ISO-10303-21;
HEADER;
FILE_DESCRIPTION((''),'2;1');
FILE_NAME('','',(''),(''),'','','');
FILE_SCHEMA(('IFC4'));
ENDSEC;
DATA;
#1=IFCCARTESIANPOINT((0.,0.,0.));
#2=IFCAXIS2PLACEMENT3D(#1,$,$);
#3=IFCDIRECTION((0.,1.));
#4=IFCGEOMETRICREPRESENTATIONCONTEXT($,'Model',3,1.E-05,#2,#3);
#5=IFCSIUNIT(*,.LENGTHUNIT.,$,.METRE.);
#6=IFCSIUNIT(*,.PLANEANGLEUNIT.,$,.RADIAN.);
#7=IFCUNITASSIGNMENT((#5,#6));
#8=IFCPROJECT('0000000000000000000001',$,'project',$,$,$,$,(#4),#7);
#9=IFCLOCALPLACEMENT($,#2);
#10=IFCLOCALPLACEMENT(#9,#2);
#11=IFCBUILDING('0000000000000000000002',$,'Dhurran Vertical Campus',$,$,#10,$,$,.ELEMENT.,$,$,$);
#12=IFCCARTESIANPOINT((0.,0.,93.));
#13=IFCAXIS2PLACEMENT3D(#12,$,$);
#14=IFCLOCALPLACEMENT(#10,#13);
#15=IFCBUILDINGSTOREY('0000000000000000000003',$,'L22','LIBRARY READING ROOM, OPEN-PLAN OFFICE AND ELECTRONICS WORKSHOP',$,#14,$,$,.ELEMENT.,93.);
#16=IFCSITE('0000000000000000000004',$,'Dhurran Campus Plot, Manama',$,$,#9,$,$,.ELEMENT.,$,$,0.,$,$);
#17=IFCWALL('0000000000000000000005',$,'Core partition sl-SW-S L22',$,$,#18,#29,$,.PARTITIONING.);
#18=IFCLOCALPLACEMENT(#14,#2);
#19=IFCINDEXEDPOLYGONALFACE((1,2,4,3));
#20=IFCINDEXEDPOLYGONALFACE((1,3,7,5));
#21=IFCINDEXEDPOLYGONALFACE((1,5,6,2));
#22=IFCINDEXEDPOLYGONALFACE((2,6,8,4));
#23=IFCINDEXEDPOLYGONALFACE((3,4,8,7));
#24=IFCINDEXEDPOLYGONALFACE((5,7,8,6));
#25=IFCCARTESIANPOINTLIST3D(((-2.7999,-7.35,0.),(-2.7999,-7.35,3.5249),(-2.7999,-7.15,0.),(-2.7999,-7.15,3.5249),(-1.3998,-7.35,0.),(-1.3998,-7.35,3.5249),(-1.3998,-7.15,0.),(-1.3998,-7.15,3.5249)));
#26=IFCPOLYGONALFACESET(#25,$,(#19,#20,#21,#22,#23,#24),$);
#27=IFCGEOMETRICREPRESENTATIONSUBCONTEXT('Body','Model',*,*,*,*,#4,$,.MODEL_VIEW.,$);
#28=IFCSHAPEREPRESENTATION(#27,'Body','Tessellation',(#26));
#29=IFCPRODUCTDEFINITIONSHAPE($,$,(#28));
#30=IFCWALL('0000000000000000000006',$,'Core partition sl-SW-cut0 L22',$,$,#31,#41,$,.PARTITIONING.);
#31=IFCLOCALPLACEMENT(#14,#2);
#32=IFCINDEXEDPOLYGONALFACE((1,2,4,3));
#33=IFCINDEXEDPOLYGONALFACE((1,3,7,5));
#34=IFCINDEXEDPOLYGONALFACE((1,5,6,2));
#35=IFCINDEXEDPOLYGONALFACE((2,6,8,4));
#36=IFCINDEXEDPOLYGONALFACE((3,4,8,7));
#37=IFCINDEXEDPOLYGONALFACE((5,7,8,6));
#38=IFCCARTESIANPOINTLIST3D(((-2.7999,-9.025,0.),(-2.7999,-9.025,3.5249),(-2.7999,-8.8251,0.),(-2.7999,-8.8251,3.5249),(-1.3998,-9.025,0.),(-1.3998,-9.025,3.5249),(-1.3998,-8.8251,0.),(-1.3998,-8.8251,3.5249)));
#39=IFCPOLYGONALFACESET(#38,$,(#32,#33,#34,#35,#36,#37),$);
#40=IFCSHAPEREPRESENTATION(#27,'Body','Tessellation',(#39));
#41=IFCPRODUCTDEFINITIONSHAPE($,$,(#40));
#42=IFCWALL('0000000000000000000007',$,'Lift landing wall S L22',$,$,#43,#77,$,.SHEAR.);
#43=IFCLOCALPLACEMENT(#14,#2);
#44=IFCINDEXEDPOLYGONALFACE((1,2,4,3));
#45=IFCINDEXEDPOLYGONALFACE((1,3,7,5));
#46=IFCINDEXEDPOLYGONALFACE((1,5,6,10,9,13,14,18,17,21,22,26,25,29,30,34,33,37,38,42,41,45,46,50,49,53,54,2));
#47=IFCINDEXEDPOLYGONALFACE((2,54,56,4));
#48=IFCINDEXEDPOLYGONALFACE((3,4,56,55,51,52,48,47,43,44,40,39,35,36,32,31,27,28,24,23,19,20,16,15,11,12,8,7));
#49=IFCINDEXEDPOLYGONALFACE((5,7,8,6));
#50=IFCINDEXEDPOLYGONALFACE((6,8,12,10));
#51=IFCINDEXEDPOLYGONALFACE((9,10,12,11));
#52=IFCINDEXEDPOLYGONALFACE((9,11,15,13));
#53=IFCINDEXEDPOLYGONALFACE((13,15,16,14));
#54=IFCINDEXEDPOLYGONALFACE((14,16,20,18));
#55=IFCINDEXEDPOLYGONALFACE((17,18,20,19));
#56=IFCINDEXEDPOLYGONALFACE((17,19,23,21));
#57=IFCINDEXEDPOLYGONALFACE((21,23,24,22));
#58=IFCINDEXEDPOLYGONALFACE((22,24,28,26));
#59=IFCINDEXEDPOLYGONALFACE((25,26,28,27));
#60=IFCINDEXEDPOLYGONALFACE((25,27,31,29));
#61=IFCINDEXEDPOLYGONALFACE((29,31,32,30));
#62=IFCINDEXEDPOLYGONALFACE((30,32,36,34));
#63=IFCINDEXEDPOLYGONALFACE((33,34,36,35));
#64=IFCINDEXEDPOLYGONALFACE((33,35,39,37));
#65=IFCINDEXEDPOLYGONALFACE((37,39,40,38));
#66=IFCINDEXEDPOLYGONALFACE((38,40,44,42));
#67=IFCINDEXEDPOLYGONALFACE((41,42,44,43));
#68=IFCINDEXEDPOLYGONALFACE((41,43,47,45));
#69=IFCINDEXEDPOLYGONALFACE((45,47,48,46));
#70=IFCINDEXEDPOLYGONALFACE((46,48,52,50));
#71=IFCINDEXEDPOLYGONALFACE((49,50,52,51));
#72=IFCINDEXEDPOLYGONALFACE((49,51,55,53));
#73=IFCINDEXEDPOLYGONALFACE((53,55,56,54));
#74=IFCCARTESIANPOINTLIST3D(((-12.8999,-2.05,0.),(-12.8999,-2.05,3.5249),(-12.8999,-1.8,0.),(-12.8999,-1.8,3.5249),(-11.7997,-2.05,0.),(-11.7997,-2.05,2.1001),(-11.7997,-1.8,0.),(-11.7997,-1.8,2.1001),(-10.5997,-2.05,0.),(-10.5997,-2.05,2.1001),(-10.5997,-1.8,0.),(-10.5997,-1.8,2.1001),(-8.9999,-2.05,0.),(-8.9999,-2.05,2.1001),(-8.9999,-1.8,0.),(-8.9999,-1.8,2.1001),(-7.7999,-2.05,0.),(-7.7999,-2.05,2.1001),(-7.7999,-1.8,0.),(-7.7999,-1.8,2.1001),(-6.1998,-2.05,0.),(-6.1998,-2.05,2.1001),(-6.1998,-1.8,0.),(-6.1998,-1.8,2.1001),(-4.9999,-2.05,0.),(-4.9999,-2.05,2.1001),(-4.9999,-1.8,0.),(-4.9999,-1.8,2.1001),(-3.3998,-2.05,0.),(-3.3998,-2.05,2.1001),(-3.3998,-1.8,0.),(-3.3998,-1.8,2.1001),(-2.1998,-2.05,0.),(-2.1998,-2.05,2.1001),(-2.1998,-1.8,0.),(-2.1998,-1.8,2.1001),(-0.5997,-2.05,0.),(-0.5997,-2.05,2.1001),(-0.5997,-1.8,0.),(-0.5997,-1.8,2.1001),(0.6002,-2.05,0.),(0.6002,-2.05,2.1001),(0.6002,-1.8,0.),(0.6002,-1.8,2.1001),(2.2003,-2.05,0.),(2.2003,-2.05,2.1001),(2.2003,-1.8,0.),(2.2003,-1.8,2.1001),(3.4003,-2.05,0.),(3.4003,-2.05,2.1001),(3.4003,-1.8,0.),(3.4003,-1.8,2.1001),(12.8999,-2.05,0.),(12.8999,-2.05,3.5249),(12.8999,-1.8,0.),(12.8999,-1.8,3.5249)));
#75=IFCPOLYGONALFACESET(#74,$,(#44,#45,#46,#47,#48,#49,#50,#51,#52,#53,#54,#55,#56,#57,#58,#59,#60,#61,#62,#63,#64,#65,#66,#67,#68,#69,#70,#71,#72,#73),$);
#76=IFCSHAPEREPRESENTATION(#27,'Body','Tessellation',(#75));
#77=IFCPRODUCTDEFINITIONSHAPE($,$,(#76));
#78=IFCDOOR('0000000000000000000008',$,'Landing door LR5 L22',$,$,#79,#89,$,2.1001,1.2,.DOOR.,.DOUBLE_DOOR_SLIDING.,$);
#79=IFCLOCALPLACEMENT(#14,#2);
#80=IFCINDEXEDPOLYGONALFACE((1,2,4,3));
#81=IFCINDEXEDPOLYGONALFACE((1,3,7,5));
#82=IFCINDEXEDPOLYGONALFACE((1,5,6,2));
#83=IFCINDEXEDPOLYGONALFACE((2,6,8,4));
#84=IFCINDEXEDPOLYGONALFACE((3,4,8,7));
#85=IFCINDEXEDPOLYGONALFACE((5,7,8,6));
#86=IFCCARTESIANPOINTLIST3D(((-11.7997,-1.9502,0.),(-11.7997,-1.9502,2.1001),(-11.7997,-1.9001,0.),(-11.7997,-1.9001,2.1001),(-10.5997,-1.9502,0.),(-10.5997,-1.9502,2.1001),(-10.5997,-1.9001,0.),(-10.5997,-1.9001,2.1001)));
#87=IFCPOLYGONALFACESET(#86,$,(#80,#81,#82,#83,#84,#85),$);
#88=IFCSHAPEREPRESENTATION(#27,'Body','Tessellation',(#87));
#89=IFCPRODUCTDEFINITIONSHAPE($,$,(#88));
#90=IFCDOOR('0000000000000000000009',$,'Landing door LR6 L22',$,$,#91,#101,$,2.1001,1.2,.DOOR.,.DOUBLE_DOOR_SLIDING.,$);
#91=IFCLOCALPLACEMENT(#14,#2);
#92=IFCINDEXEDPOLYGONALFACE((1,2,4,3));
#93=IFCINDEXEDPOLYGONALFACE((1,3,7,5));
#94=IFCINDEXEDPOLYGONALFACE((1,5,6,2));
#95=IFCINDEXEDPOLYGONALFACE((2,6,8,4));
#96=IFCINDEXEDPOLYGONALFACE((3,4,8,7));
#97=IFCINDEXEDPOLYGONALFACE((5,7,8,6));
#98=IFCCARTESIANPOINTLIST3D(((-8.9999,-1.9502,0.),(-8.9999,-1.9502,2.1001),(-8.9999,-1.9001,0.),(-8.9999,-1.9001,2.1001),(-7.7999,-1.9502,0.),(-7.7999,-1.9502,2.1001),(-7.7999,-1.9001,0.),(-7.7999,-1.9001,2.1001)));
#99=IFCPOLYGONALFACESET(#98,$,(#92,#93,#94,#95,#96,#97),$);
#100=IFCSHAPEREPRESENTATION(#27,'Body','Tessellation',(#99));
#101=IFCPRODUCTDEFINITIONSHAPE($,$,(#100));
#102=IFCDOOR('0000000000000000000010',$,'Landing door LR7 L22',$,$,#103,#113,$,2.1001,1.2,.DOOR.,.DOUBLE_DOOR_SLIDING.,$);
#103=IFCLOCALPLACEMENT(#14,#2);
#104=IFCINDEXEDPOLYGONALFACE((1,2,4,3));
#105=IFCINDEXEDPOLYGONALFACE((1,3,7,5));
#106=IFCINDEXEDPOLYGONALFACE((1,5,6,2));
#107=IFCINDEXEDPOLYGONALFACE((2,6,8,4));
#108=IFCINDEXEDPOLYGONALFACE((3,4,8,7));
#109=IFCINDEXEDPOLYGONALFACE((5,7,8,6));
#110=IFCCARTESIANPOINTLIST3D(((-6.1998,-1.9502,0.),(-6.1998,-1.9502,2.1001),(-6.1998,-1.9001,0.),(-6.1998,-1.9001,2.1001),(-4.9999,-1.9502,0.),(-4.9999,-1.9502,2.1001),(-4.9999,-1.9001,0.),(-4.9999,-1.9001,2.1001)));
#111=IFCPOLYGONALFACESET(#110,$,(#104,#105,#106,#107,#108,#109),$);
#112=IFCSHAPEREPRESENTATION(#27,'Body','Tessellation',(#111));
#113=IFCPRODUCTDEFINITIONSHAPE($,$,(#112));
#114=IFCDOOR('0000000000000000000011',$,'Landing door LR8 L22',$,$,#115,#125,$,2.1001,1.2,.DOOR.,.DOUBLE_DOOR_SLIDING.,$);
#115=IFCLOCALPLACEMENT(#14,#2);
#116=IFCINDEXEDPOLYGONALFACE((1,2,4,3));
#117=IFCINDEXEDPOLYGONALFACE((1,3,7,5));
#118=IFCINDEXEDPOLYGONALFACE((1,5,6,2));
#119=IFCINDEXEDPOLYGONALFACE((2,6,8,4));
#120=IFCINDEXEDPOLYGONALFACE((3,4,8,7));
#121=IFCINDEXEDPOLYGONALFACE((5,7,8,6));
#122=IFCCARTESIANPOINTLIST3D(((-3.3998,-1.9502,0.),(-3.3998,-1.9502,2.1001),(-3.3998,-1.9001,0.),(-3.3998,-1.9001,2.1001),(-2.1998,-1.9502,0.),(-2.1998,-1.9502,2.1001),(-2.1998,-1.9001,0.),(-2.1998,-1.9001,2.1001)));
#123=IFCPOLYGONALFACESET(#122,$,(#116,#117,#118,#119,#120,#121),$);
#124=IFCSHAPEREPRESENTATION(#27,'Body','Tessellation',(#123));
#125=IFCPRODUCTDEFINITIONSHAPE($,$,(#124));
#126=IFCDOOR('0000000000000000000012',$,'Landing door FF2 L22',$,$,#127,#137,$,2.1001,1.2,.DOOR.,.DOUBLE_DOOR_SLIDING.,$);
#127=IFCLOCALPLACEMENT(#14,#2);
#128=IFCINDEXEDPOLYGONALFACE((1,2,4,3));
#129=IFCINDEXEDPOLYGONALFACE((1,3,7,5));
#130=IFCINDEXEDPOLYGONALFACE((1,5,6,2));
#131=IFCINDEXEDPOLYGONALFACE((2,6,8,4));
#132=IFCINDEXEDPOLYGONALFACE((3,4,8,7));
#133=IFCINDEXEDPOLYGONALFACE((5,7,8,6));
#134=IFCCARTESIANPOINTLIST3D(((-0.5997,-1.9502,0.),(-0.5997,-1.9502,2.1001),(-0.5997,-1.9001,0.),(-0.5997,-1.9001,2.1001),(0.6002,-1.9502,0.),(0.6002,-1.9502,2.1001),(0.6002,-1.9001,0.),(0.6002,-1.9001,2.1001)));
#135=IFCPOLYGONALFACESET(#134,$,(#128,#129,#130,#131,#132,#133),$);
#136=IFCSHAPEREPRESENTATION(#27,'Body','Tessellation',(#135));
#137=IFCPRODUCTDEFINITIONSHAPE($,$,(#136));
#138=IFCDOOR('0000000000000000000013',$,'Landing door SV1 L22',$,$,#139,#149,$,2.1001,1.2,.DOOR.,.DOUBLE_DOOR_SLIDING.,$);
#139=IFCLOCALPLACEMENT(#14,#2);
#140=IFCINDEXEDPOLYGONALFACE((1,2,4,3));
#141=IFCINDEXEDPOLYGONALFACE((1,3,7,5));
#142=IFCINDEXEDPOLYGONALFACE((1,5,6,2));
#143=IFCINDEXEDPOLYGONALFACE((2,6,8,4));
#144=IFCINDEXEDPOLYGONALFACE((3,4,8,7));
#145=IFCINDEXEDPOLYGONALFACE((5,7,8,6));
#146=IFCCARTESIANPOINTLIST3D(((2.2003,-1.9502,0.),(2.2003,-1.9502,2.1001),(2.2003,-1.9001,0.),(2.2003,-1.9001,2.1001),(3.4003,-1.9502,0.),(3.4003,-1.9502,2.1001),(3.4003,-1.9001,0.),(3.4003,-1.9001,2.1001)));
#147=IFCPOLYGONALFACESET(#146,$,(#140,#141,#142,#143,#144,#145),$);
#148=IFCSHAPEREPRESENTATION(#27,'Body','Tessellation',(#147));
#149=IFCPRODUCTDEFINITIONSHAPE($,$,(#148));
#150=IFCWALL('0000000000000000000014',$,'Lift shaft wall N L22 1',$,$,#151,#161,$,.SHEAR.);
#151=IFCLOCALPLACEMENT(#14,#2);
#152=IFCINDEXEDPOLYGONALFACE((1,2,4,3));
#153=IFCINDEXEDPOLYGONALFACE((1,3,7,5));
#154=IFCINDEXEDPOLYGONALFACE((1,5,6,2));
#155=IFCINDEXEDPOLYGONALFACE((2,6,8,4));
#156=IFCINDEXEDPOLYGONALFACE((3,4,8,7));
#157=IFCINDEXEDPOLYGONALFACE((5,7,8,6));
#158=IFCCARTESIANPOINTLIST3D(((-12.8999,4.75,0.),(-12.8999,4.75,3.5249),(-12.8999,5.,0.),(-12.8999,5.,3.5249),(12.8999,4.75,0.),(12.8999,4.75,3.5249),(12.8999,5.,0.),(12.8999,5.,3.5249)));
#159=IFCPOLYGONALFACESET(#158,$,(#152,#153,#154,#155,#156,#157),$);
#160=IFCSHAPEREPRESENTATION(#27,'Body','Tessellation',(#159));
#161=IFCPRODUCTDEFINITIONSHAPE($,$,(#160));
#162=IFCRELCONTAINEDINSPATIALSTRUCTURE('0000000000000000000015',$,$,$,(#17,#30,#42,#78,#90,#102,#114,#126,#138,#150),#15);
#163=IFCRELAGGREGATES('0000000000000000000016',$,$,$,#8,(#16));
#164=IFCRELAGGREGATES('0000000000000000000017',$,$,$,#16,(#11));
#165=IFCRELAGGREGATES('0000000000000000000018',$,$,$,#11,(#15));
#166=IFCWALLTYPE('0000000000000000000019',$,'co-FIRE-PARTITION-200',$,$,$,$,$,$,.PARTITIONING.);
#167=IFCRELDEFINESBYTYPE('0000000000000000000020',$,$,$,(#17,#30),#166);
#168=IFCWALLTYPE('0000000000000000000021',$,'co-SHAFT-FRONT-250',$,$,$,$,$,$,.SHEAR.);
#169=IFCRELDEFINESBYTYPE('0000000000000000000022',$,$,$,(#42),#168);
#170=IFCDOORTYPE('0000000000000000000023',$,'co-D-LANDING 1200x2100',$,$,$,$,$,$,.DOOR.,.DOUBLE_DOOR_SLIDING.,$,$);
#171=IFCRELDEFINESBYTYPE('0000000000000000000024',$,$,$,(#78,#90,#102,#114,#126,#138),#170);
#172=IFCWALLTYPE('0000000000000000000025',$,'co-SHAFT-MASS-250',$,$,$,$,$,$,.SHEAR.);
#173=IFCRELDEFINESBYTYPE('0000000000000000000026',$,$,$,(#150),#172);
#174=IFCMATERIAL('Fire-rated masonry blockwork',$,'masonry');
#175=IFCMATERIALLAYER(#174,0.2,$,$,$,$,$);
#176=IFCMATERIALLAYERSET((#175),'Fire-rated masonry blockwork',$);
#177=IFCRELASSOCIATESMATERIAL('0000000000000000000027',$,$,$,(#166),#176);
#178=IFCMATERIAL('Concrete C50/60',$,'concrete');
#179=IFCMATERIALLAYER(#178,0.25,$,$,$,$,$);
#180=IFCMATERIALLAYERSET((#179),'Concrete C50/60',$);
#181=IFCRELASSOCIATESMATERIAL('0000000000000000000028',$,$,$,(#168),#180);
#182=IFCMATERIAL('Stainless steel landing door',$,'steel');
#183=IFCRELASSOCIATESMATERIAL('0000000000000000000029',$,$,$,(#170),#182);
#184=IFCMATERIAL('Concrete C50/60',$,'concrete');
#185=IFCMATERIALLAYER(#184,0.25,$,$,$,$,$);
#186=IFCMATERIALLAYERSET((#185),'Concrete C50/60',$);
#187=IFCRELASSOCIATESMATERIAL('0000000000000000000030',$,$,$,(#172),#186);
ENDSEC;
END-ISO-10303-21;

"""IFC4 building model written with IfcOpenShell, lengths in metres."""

from ifc_helpers import new_model, si_unit, direction, frame, frame_2d, origin, place, context, subcontext, project, spatial, polyline, rectangle, outline, extrude, material, layer, layer_set, type_object, element, fill, save


model = new_model("IFC4")

# Units and contexts
model_context = context("Model", 3, precision=1e-05, world=origin(), true_north=direction((0.0, 1.0)))
body_context = subcontext(model_context, "Body", "Model", "MODEL_VIEW")
ifc_project = project(units=[si_unit("LENGTHUNIT", "METRE"), si_unit("PLANEANGLEUNIT", "RADIAN")], contexts=[model_context])

# Site, building, storey
site_placement = place(None, origin())
site = spatial("IfcSite", under=ifc_project, at=site_placement, Name="Dhurran Campus Plot, Manama", CompositionType="ELEMENT", RefElevation=0.0)
building_placement = place(site_placement, origin())
building = spatial("IfcBuilding", under=site, at=building_placement, Name="Dhurran Vertical Campus", CompositionType="ELEMENT")
storey_placement = place(building_placement, frame((0.0, 0.0, 93.0)))
storey = spatial("IfcBuildingStorey", under=building, at=storey_placement, Name="L22", Description="LIBRARY READING ROOM, OPEN-PLAN OFFICE AND ELECTRONICS WORKSHOP", CompositionType="ELEMENT", Elevation=93.0)

# Shared definitions
ifc_material_1 = material(Name="Fire-rated masonry blockwork", Category="masonry")
ifc_layer_1 = layer(ifc_material_1, 0.2)
ifc_layer_set_1 = layer_set([ifc_layer_1], Name="Fire-rated masonry blockwork")
wall_type_1 = type_object("IfcWallType", Name="co-FIRE-PARTITION-200", PredefinedType="PARTITIONING", material=ifc_layer_set_1)

# Walls
for number, where, z_axis, x_axis, name in (
    (1, (-2.8, -7.25, 0.0), (0.0, 0.0, 1.0), (1.0, 0.0, 0.0), "Core partition sl-SW-S L22"),
    (2, (-2.8, -8.925, 0.0), (0.0, 0.0, 1.0), (1.0, 0.0, 0.0), "Core partition sl-SW-cut0 L22"),
):
    element("IfcWall", number, at=place(storey_placement, frame(where, z_axis=z_axis, x_axis=x_axis)), inside=storey, type_object=wall_type_1, Name=name, PredefinedType="PARTITIONING", context=body_context, shape_type="SweptSolid", body=[
        extrude(rectangle(XDim=1.4001, YDim=0.2, at=frame_2d((0.7002, 0.0))), origin(), (0.0, 0.0, 1.0), 3.5249),
    ])

# Wall, openings, doors
ifc_material_2 = material(Name="Concrete C50/60", Category="concrete")
ifc_layer_2 = layer(ifc_material_2, 0.25)
ifc_layer_set_2 = layer_set([ifc_layer_2], Name="Concrete C50/60")
wall_type_2 = type_object("IfcWallType", Name="co-SHAFT-FRONT-250", PredefinedType="SHEAR", material=ifc_layer_set_2)
wall_1_placement = place(storey_placement, frame((-12.8999, -1.925, 0.0), z_axis=(0.0, 0.0, 1.0), x_axis=(1.0, 0.0, 0.0)))
wall_1 = element("IfcWall", 3, at=wall_1_placement, inside=storey, type_object=wall_type_2, Name="Lift landing wall S L22", PredefinedType="SHEAR", context=body_context, shape_type="SweptSolid", body=[
    extrude(rectangle(XDim=25.7998, YDim=0.25, at=frame_2d((12.8999, 0.0))), origin(), (0.0, 0.0, 1.0), 3.5249),
])
opening_1_placement = place(wall_1_placement, frame((1.1001, 0.0, 0.0)))
opening_1 = element("IfcOpeningElement", 4, at=opening_1_placement, cuts=wall_1, PredefinedType="OPENING", context=body_context, shape_type="SweptSolid", body=[
    extrude(rectangle(XDim=1.2, YDim=2.1001, at=frame_2d((0.6001, 1.05))), frame((0.0, 0.135, 0.0), z_axis=(0.0, -1.0, 0.0), x_axis=(1.0, 0.0, 0.0)), (0.0, 0.0, 1.0), 0.27),
])
opening_2_placement = place(wall_1_placement, frame((3.8999, 0.0, 0.0)))
opening_2 = element("IfcOpeningElement", 5, at=opening_2_placement, cuts=wall_1, PredefinedType="OPENING", context=body_context, shape_type="SweptSolid", body=[
    extrude(rectangle(XDim=1.2, YDim=2.1001, at=frame_2d((0.6001, 1.05))), frame((0.0, 0.135, 0.0), z_axis=(0.0, -1.0, 0.0), x_axis=(1.0, 0.0, 0.0)), (0.0, 0.0, 1.0), 0.27),
])
opening_3_placement = place(wall_1_placement, frame((6.7, 0.0, 0.0)))
opening_3 = element("IfcOpeningElement", 6, at=opening_3_placement, cuts=wall_1, PredefinedType="OPENING", context=body_context, shape_type="SweptSolid", body=[
    extrude(rectangle(XDim=1.2, YDim=2.1001, at=frame_2d((0.6001, 1.05))), frame((0.0, 0.135, 0.0), z_axis=(0.0, -1.0, 0.0), x_axis=(1.0, 0.0, 0.0)), (0.0, 0.0, 1.0), 0.27),
])
opening_4_placement = place(wall_1_placement, frame((9.5, 0.0, 0.0)))
opening_4 = element("IfcOpeningElement", 7, at=opening_4_placement, cuts=wall_1, PredefinedType="OPENING", context=body_context, shape_type="SweptSolid", body=[
    extrude(rectangle(XDim=1.2, YDim=2.1001, at=frame_2d((0.6001, 1.05))), frame((0.0, 0.135, 0.0), z_axis=(0.0, -1.0, 0.0), x_axis=(1.0, 0.0, 0.0)), (0.0, 0.0, 1.0), 0.27),
])
opening_5_placement = place(wall_1_placement, frame((12.3, 0.0, 0.0)))
opening_5 = element("IfcOpeningElement", 8, at=opening_5_placement, cuts=wall_1, PredefinedType="OPENING", context=body_context, shape_type="SweptSolid", body=[
    extrude(rectangle(XDim=1.2, YDim=2.1001, at=frame_2d((0.6001, 1.05))), frame((0.0, 0.135, 0.0), z_axis=(0.0, -1.0, 0.0), x_axis=(1.0, 0.0, 0.0)), (0.0, 0.0, 1.0), 0.27),
])
opening_6_placement = place(wall_1_placement, frame((15.1001, 0.0, 0.0)))
opening_6 = element("IfcOpeningElement", 9, at=opening_6_placement, cuts=wall_1, PredefinedType="OPENING", context=body_context, shape_type="SweptSolid", body=[
    extrude(rectangle(XDim=1.2, YDim=2.1001, at=frame_2d((0.6001, 1.05))), frame((0.0, 0.135, 0.0), z_axis=(0.0, -1.0, 0.0), x_axis=(1.0, 0.0, 0.0)), (0.0, 0.0, 1.0), 0.27),
])
ifc_material_3 = material(Name="Stainless steel landing door", Category="steel")
door_type_1 = type_object("IfcDoorType", Name="co-D-LANDING 1200x2100", OperationType="DOUBLE_DOOR_SLIDING", PredefinedType="DOOR", material=ifc_material_3)
door_1_placement = place(opening_1_placement, origin())
door_1 = element("IfcDoor", 10, at=door_1_placement, inside=storey, type_object=door_type_1, Name="Landing door LR5 L22", OperationType="DOUBLE_DOOR_SLIDING", OverallHeight=2.1001, OverallWidth=1.2, PredefinedType="DOOR", context=body_context, shape_type="SweptSolid", body=[
    extrude(rectangle(XDim=1.2, YDim=2.1001, at=frame_2d((0.6001, 1.05))), frame((0.0, 0.0249, 0.0), z_axis=(0.0, -1.0, 0.0), x_axis=(1.0, 0.0, 0.0)), (0.0, 0.0, 1.0), 0.05),
])
fill(opening_1, door_1)
door_2_placement = place(opening_2_placement, origin())
door_2 = element("IfcDoor", 11, at=door_2_placement, inside=storey, type_object=door_type_1, Name="Landing door LR6 L22", OperationType="DOUBLE_DOOR_SLIDING", OverallHeight=2.1001, OverallWidth=1.2, PredefinedType="DOOR", context=body_context, shape_type="SweptSolid", body=[
    extrude(rectangle(XDim=1.2, YDim=2.1001, at=frame_2d((0.6001, 1.05))), frame((0.0, 0.0249, 0.0), z_axis=(0.0, -1.0, 0.0), x_axis=(1.0, 0.0, 0.0)), (0.0, 0.0, 1.0), 0.05),
])
fill(opening_2, door_2)
door_3_placement = place(opening_3_placement, origin())
door_3 = element("IfcDoor", 12, at=door_3_placement, inside=storey, type_object=door_type_1, Name="Landing door LR7 L22", OperationType="DOUBLE_DOOR_SLIDING", OverallHeight=2.1001, OverallWidth=1.2, PredefinedType="DOOR", context=body_context, shape_type="SweptSolid", body=[
    extrude(rectangle(XDim=1.2, YDim=2.1001, at=frame_2d((0.6001, 1.05))), frame((0.0, 0.0249, 0.0), z_axis=(0.0, -1.0, 0.0), x_axis=(1.0, 0.0, 0.0)), (0.0, 0.0, 1.0), 0.05),
])
fill(opening_3, door_3)
door_4_placement = place(opening_4_placement, origin())
door_4 = element("IfcDoor", 13, at=door_4_placement, inside=storey, type_object=door_type_1, Name="Landing door LR8 L22", OperationType="DOUBLE_DOOR_SLIDING", OverallHeight=2.1001, OverallWidth=1.2, PredefinedType="DOOR", context=body_context, shape_type="SweptSolid", body=[
    extrude(rectangle(XDim=1.2, YDim=2.1001, at=frame_2d((0.6001, 1.05))), frame((0.0, 0.0249, 0.0), z_axis=(0.0, -1.0, 0.0), x_axis=(1.0, 0.0, 0.0)), (0.0, 0.0, 1.0), 0.05),
])
fill(opening_4, door_4)
door_5_placement = place(opening_5_placement, origin())
door_5 = element("IfcDoor", 14, at=door_5_placement, inside=storey, type_object=door_type_1, Name="Landing door FF2 L22", OperationType="DOUBLE_DOOR_SLIDING", OverallHeight=2.1001, OverallWidth=1.2, PredefinedType="DOOR", context=body_context, shape_type="SweptSolid", body=[
    extrude(rectangle(XDim=1.2, YDim=2.1001, at=frame_2d((0.6001, 1.05))), frame((0.0, 0.0249, 0.0), z_axis=(0.0, -1.0, 0.0), x_axis=(1.0, 0.0, 0.0)), (0.0, 0.0, 1.0), 0.05),
])
fill(opening_5, door_5)
door_6_placement = place(opening_6_placement, origin())
door_6 = element("IfcDoor", 15, at=door_6_placement, inside=storey, type_object=door_type_1, Name="Landing door SV1 L22", OperationType="DOUBLE_DOOR_SLIDING", OverallHeight=2.1001, OverallWidth=1.2, PredefinedType="DOOR", context=body_context, shape_type="SweptSolid", body=[
    extrude(rectangle(XDim=1.2, YDim=2.1001, at=frame_2d((0.6001, 1.05))), frame((0.0, 0.0249, 0.0), z_axis=(0.0, -1.0, 0.0), x_axis=(1.0, 0.0, 0.0)), (0.0, 0.0, 1.0), 0.05),
])
fill(opening_6, door_6)

# Wall
ifc_material_4 = material(Name="Concrete C50/60", Category="concrete")
ifc_layer_3 = layer(ifc_material_4, 0.25)
ifc_layer_set_3 = layer_set([ifc_layer_3], Name="Concrete C50/60")
wall_type_3 = type_object("IfcWallType", Name="co-SHAFT-MASS-250", PredefinedType="SHEAR", material=ifc_layer_set_3)
wall_2_placement = place(storey_placement, origin())
element("IfcWall", 16, at=wall_2_placement, inside=storey, type_object=wall_type_3, Name="Lift shaft wall N L22 1", PredefinedType="SHEAR", context=body_context, shape_type="SweptSolid", body=[
    extrude(outline(polyline([(-12.8999, 4.75), (12.8999, 4.75), (12.8999, 5.0), (-12.8999, 5.0), (-12.8999, 4.75)])), origin(), (0.0, 0.0, 1.0), 3.5249),
])

save(model, "model.ifc")
